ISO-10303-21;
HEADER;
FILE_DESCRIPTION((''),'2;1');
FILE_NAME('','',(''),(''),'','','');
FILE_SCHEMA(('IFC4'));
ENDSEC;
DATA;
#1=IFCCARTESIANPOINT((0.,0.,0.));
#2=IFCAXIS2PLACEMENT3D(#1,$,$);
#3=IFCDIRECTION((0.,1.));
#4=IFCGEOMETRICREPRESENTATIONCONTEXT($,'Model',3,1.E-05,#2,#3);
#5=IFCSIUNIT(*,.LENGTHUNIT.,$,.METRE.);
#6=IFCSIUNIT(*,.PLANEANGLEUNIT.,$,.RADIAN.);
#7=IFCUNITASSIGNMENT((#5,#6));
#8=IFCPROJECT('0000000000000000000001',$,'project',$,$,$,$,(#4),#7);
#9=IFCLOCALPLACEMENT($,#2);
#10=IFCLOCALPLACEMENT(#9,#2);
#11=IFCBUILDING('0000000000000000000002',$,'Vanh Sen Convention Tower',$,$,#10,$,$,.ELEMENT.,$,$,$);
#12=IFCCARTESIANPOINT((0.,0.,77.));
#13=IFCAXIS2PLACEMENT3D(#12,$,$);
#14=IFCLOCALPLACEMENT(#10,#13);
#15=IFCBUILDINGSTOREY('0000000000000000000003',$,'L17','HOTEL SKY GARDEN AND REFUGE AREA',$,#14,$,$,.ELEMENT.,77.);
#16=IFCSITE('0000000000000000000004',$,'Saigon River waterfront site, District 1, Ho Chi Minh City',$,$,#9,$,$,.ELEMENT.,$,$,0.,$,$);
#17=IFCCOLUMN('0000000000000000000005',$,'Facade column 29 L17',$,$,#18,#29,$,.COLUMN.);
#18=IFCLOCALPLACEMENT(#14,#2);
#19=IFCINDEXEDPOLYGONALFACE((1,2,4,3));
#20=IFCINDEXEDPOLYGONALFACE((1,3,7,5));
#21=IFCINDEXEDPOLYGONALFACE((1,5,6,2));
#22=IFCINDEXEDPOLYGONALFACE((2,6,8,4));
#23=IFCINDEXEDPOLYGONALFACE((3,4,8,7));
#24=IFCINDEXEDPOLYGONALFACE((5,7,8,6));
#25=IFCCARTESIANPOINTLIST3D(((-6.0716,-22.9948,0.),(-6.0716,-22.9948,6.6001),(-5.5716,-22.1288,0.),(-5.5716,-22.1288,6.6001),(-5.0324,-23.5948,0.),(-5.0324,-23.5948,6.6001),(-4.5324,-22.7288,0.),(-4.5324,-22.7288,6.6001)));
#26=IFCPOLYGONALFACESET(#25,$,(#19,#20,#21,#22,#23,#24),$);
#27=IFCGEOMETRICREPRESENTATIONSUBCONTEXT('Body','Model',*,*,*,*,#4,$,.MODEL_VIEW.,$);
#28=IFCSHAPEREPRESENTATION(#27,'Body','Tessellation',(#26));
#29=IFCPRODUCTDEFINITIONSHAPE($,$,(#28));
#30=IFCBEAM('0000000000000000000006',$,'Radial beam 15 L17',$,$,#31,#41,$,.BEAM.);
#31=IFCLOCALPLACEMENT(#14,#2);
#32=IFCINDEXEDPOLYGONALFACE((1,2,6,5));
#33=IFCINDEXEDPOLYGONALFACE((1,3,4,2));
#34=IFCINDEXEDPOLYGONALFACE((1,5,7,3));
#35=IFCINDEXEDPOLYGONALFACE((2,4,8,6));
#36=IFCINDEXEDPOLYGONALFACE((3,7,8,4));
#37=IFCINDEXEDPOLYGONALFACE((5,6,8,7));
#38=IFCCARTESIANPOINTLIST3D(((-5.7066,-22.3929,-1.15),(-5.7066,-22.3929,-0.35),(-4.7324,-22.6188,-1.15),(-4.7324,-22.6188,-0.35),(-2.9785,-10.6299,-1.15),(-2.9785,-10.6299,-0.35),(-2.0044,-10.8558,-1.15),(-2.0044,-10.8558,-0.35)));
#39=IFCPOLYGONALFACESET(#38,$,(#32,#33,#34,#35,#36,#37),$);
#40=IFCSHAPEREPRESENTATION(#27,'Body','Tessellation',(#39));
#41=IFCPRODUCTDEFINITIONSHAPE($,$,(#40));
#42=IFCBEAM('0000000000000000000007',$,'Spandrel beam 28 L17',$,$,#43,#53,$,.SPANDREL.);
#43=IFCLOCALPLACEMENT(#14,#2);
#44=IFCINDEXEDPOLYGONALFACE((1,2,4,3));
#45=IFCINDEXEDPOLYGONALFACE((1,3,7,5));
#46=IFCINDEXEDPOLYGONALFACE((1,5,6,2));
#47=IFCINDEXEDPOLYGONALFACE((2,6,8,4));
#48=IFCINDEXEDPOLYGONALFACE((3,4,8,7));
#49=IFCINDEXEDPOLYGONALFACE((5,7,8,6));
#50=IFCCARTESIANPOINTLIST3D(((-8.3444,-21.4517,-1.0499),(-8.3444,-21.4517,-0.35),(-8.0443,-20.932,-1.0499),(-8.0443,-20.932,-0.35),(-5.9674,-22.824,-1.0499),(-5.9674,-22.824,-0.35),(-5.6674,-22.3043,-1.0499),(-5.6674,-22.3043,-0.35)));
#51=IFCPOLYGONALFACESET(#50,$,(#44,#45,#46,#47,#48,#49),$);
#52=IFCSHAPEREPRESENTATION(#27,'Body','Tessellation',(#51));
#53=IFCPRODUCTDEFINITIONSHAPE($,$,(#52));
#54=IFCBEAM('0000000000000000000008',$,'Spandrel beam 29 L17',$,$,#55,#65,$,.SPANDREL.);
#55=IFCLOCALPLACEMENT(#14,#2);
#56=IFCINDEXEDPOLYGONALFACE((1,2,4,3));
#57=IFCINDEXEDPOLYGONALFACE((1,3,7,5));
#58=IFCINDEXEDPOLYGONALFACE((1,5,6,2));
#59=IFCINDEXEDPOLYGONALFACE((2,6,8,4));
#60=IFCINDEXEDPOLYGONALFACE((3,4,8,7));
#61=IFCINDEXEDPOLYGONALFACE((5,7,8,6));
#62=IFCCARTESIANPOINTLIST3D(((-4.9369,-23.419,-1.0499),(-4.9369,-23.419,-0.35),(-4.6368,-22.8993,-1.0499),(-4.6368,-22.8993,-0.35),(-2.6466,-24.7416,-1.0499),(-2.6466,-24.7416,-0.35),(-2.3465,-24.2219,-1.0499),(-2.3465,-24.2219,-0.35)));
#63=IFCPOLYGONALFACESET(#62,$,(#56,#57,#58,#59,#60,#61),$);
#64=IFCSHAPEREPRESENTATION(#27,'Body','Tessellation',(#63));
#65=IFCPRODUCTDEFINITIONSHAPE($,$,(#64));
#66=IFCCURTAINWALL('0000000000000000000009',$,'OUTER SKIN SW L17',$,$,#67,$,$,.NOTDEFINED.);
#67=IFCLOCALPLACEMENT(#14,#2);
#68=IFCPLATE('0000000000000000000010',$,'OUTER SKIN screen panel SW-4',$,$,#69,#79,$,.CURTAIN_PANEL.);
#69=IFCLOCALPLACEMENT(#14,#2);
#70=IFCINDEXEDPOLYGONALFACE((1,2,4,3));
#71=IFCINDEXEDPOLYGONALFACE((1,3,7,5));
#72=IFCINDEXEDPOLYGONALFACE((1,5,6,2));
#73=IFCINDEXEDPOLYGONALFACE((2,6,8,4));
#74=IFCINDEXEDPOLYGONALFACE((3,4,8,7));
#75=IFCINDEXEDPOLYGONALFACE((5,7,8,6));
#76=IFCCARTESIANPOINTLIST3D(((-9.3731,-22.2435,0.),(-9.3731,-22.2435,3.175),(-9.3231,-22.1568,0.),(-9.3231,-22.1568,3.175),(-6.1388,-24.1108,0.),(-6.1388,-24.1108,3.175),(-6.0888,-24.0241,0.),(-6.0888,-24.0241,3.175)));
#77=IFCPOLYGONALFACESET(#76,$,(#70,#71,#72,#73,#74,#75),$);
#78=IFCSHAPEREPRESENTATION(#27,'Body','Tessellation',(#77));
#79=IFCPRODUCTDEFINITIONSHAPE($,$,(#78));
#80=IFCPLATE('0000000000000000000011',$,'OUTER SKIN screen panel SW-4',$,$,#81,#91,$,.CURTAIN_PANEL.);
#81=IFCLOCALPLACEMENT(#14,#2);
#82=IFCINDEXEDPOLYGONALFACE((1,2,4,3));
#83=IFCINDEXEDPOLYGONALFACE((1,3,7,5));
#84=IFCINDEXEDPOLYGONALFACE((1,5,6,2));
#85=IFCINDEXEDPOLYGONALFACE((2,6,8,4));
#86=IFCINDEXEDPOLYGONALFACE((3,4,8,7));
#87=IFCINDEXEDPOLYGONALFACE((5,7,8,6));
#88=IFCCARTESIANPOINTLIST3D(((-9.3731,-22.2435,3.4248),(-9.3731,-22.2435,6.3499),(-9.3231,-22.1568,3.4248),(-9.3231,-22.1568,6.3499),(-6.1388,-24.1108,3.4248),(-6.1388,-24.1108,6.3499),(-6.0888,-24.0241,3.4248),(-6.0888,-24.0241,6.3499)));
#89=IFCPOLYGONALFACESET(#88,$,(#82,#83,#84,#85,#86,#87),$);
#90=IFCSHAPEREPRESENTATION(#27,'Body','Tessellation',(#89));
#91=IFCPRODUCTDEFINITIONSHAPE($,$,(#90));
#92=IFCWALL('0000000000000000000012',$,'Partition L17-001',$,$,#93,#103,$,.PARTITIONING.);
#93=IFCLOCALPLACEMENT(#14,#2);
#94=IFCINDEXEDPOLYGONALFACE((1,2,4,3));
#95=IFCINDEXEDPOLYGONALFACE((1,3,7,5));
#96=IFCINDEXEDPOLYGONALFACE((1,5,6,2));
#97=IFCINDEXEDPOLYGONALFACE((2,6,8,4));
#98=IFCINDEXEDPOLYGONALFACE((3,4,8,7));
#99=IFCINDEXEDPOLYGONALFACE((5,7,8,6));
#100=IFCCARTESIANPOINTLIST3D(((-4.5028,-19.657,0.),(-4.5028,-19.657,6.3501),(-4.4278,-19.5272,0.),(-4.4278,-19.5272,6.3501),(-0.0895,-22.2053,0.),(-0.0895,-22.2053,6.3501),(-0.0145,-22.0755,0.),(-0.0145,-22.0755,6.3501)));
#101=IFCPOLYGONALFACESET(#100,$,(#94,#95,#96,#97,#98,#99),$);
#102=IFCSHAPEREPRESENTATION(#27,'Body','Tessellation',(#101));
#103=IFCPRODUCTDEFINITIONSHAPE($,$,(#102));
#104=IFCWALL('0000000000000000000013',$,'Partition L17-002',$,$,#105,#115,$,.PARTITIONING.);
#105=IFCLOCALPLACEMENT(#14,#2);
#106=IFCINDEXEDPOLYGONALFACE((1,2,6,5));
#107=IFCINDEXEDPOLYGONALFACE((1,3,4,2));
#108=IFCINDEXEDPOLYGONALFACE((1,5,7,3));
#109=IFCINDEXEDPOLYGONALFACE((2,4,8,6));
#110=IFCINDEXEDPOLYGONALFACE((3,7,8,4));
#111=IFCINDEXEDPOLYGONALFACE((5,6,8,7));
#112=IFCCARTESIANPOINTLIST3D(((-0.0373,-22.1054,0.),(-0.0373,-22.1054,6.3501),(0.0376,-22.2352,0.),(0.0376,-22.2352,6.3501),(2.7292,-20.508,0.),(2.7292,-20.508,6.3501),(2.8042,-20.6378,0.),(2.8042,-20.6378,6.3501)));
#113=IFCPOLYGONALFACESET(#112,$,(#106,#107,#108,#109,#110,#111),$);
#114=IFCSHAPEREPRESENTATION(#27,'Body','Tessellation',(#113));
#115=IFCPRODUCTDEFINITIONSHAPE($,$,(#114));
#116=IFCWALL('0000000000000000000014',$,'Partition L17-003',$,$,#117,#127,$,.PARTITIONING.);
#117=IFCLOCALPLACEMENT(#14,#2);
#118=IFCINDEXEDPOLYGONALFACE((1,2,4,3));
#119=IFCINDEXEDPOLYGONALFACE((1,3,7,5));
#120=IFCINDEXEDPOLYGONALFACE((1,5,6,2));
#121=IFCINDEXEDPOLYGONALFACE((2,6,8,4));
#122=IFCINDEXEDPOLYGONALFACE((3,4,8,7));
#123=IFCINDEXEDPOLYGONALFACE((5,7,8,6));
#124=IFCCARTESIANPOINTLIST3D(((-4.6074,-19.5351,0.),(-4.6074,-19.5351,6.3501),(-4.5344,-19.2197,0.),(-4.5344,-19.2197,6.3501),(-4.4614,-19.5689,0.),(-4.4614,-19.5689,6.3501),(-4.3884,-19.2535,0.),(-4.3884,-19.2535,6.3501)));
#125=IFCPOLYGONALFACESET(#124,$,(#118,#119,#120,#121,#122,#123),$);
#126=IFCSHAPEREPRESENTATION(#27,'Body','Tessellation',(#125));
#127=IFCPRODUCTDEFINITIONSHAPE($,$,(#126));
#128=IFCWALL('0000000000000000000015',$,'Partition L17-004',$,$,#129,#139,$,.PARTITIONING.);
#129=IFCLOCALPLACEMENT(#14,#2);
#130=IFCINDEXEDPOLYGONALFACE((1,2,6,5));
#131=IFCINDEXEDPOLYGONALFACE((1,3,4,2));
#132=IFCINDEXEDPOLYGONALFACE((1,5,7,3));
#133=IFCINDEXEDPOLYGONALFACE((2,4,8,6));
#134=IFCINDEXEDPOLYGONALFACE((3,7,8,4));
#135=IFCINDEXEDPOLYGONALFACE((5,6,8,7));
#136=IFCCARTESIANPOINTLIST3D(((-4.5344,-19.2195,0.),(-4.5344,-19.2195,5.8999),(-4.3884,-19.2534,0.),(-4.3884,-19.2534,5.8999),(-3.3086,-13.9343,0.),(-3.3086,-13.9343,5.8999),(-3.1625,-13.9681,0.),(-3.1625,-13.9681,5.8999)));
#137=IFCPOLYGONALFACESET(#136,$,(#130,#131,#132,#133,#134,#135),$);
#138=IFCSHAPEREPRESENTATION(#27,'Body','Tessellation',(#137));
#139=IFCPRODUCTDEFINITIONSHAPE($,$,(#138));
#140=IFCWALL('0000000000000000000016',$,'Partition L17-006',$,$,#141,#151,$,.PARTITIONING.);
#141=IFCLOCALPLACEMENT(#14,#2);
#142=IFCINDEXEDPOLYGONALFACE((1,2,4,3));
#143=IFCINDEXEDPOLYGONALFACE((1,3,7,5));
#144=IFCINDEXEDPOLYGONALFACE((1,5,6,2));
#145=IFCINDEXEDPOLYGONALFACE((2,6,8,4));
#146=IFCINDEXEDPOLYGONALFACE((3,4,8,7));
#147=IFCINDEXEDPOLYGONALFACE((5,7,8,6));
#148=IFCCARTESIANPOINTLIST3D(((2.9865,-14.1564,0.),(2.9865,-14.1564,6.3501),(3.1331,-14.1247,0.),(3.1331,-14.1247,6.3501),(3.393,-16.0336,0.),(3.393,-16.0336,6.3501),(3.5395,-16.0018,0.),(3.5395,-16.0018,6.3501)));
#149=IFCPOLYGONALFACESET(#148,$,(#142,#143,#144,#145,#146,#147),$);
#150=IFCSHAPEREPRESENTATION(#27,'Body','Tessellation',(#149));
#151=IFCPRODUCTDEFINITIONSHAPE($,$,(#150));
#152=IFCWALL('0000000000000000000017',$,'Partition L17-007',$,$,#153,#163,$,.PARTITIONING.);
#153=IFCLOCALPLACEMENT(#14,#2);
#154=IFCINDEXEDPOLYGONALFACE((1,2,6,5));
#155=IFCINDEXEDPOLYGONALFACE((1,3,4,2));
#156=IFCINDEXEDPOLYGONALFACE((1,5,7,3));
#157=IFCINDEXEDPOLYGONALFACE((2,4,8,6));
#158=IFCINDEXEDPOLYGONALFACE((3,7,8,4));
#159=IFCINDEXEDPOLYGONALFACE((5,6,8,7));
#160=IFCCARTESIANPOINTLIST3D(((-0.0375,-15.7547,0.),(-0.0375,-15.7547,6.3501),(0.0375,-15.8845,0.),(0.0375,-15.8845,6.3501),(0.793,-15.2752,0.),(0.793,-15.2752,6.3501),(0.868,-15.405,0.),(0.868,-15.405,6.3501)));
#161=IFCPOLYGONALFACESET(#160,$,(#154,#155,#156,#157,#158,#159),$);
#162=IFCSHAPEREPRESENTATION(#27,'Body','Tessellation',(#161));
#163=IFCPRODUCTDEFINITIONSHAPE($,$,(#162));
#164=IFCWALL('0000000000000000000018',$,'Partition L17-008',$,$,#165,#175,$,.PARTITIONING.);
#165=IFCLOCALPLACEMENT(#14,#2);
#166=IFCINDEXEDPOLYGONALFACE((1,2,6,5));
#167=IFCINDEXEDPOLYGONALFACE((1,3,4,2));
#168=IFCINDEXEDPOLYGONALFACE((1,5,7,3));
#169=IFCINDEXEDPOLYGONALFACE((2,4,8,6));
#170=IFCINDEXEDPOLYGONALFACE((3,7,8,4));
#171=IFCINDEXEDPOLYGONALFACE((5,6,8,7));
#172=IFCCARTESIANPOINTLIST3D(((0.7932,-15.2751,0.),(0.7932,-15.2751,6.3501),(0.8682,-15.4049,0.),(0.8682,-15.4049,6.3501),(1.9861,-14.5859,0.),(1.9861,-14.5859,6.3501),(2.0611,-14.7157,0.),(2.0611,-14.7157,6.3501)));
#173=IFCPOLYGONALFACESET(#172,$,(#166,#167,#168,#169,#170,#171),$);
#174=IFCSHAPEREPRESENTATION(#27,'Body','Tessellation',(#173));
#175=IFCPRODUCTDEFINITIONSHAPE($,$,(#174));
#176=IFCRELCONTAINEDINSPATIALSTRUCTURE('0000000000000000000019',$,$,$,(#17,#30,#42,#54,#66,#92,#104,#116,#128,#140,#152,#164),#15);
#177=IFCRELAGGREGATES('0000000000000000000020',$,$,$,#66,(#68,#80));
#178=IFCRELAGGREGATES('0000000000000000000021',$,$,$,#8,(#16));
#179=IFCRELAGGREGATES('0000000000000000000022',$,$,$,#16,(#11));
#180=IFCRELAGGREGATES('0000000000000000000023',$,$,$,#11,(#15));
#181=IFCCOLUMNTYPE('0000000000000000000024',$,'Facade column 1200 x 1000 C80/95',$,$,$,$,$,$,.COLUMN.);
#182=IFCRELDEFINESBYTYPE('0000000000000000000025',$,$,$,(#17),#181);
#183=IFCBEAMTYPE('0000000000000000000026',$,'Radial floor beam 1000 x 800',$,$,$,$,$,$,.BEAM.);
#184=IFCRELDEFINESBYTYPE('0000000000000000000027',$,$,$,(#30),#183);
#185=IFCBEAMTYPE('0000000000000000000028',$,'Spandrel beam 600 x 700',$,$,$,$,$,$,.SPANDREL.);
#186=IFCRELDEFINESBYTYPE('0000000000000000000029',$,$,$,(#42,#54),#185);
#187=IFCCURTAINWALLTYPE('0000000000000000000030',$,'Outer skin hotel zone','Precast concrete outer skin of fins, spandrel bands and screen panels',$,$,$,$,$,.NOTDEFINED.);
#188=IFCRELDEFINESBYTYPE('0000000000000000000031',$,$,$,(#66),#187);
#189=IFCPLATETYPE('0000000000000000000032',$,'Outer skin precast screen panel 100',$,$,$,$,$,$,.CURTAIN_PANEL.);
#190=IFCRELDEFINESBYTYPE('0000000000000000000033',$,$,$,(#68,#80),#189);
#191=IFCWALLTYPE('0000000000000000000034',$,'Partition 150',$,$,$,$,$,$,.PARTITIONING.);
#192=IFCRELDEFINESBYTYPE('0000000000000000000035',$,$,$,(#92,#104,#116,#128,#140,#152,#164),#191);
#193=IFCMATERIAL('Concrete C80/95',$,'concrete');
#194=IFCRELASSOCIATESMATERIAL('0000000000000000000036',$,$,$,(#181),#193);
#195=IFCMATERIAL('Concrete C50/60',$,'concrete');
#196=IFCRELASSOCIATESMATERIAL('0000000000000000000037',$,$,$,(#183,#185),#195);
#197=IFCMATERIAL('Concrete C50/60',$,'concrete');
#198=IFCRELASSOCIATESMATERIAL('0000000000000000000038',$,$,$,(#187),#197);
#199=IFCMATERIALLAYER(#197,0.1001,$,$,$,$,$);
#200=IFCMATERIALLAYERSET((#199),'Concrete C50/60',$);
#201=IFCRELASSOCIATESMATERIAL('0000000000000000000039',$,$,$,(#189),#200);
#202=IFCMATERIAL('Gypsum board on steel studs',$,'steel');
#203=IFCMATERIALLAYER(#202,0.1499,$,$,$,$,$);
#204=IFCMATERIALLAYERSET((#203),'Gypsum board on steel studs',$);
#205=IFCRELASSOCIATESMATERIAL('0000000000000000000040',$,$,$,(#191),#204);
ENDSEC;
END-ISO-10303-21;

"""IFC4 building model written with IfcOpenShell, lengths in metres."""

from ifc_helpers import new_model, si_unit, direction, frame, frame_2d, origin, origin_2d, place, context, subcontext, project, spatial, rectangle, extrude, material, layer, layer_set, material_profile, profile_set, type_object, element, aggregate, save


model = new_model("IFC4")

# Units and contexts
model_context = context("Model", 3, precision=1e-05, world=origin(), true_north=direction((0.0, 1.0)))
body_context = subcontext(model_context, "Body", "Model", "MODEL_VIEW")
ifc_project = project(units=[si_unit("LENGTHUNIT", "METRE"), si_unit("PLANEANGLEUNIT", "RADIAN")], contexts=[model_context])

# Site, building, storey
site_placement = place(None, origin())
site = spatial("IfcSite", under=ifc_project, at=site_placement, Name="Saigon River waterfront site, District 1, Ho Chi Minh City", CompositionType="ELEMENT", RefElevation=0.0)
building_placement = place(site_placement, origin())
building = spatial("IfcBuilding", under=site, at=building_placement, Name="Vanh Sen Convention Tower", CompositionType="ELEMENT")
storey_placement = place(building_placement, frame((0.0, 0.0, 77.0)))
storey = spatial("IfcBuildingStorey", under=building, at=storey_placement, Name="L17", Description="HOTEL SKY GARDEN AND REFUGE AREA", CompositionType="ELEMENT", Elevation=77.0)

# Column
ifc_material_1 = material(Name="Concrete C80/95", Category="concrete")
ifc_material_profile_1 = material_profile(ifc_material_1, rectangle(XDim=1.2, YDim=1.0, at=origin_2d()), Name="RC 1200X1000")
ifc_profile_set_1 = profile_set([ifc_material_profile_1], Name="Concrete C80/95")
column_type = type_object("IfcColumnType", Name="Facade column 1200 x 1000 C80/95", PredefinedType="COLUMN", material=ifc_profile_set_1)
column_placement = place(storey_placement, frame((-5.302, -22.8618, 0.0), z_axis=(0.0, 0.0, 1.0), x_axis=(0.866025, -0.5, 0.0)))
element("IfcColumn", 1, at=column_placement, inside=storey, type_object=column_type, Name="Facade column 29 L17", PredefinedType="COLUMN", context=body_context, shape_type="SweptSolid", body=[
    extrude(rectangle(XDim=1.2, YDim=1.0, at=origin_2d()), origin(), (0.0, 0.0, 1.0), 6.6001),
])

# Beams
ifc_material_2 = material(Name="Concrete C50/60", Category="concrete")
ifc_material_profile_2 = material_profile(ifc_material_2, rectangle(XDim=1.0, YDim=0.8, at=origin_2d()), Name="RC 1000X800")
ifc_profile_set_2 = profile_set([ifc_material_profile_2], Name="Concrete C50/60")
beam_type_1 = type_object("IfcBeamType", Name="Radial floor beam 1000 x 800", PredefinedType="BEAM", material=ifc_profile_set_2)
beam_1_placement = place(storey_placement, frame((-5.2195, -22.5059, -0.75), z_axis=(0.225921, 0.974146, 0.0), x_axis=(-0.974146, 0.225921, 0.0)))
element("IfcBeam", 2, at=beam_1_placement, inside=storey, type_object=beam_type_1, Name="Radial beam 15 L17", PredefinedType="BEAM", context=body_context, shape_type="SweptSolid", body=[
    extrude(rectangle(XDim=1.0, YDim=0.8, at=origin_2d()), origin(), (0.0, 0.0, 1.0), 12.0752),
])
ifc_material_profile_3 = material_profile(ifc_material_2, rectangle(XDim=0.6001, YDim=0.7, at=origin_2d()), Name="RC 600X700")
ifc_profile_set_3 = profile_set([ifc_material_profile_3], Name="Concrete C50/60")
beam_type_2 = type_object("IfcBeamType", Name="Spandrel beam 600 x 700", PredefinedType="SPANDREL", material=ifc_profile_set_3)
beam_2_placement = place(storey_placement, frame((-8.1943, -21.1919, -0.7), z_axis=(0.866029, -0.499995, 0.0), x_axis=(0.499995, 0.866029, 0.0)))
element("IfcBeam", 3, at=beam_2_placement, inside=storey, type_object=beam_type_2, Name="Spandrel beam 28 L17", PredefinedType="SPANDREL", context=body_context, shape_type="SweptSolid", body=[
    extrude(rectangle(XDim=0.6001, YDim=0.7, at=origin_2d()), origin(), (0.0, 0.0, 1.0), 2.7446),
])
beam_3_placement = place(storey_placement, frame((-4.7869, -23.1592, -0.7), z_axis=(0.86599, -0.500061, 0.0), x_axis=(0.500061, 0.86599, 0.0)))
element("IfcBeam", 4, at=beam_3_placement, inside=storey, type_object=beam_type_2, Name="Spandrel beam 29 L17", PredefinedType="SPANDREL", context=body_context, shape_type="SweptSolid", body=[
    extrude(rectangle(XDim=0.6001, YDim=0.7, at=origin_2d()), origin(), (0.0, 0.0, 1.0), 2.6448),
])

# Curtain wall, plates
ifc_material_3 = material(Name="Concrete C50/60", Category="concrete")
curtain_wall_type = type_object("IfcCurtainWallType", Name="Outer skin hotel zone", Description="Precast concrete outer skin of fins, spandrel bands and screen panels", PredefinedType="NOTDEFINED", material=ifc_material_3)
curtain_wall_placement = place(storey_placement, origin())
curtain_wall = element("IfcCurtainWall", 5, at=curtain_wall_placement, inside=storey, type_object=curtain_wall_type, Name="OUTER SKIN SW L17", PredefinedType="NOTDEFINED")
ifc_layer_1 = layer(ifc_material_3, 0.1001)
ifc_layer_set_1 = layer_set([ifc_layer_1], Name="Concrete C50/60")
plate_type = type_object("IfcPlateType", Name="Outer skin precast screen panel 100", PredefinedType="CURTAIN_PANEL", material=ifc_layer_set_1)
plate_1_placement = place(storey_placement, frame((-7.731, -23.1338, 0.0), z_axis=(0.0, 0.0, 1.0), x_axis=(0.866028, -0.499995, 0.0)))
plate_1 = element("IfcPlate", 6, at=plate_1_placement, type_object=plate_type, Name="OUTER SKIN screen panel SW-4", PredefinedType="CURTAIN_PANEL", context=body_context, shape_type="SweptSolid", body=[
    extrude(rectangle(XDim=3.7346, YDim=0.1001, at=origin_2d()), origin(), (0.0, 0.0, 1.0), 3.175),
])
plate_2_placement = place(storey_placement, frame((-7.731, -23.1338, 3.4248), z_axis=(0.0, 0.0, 1.0), x_axis=(0.866028, -0.499995, 0.0)))
plate_2 = element("IfcPlate", 7, at=plate_2_placement, type_object=plate_type, Name="OUTER SKIN screen panel SW-4", PredefinedType="CURTAIN_PANEL", context=body_context, shape_type="SweptSolid", body=[
    extrude(rectangle(XDim=3.7346, YDim=0.1001, at=origin_2d()), origin(), (0.0, 0.0, 1.0), 2.925),
])
aggregate(curtain_wall, [plate_1, plate_2])

# Walls
ifc_material_4 = material(Name="Gypsum board on steel studs", Category="steel")
ifc_layer_2 = layer(ifc_material_4, 0.1499)
ifc_layer_set_2 = layer_set([ifc_layer_2], Name="Gypsum board on steel studs")
wall_type = type_object("IfcWallType", Name="Partition 150", PredefinedType="PARTITIONING", material=ifc_layer_set_2)
wall_1_placement = place(storey_placement, frame((-0.052, -22.1404, 0.0), z_axis=(0.0, 0.0, 1.0), x_axis=(-0.866, 0.500045, 0.0)))
element("IfcWall", 8, at=wall_1_placement, inside=storey, type_object=wall_type, Name="Partition L17-001", PredefinedType="PARTITIONING", context=body_context, shape_type="SweptSolid", body=[
    extrude(rectangle(XDim=5.0962, YDim=0.1499, at=frame_2d((2.5481, 0.0))), origin(), (0.0, 0.0, 1.0), 6.3501),
])
wall_2_placement = place(storey_placement, frame((2.7666, -20.573, 0.0), z_axis=(0.0, 0.0, 1.0), x_axis=(-0.86601, -0.500027, 0.0)))
element("IfcWall", 9, at=wall_2_placement, inside=storey, type_object=wall_type, Name="Partition L17-002", PredefinedType="PARTITIONING", context=body_context, shape_type="SweptSolid", body=[
    extrude(rectangle(XDim=3.1946, YDim=0.1499, at=frame_2d((1.5972, 0.0))), origin(), (0.0, 0.0, 1.0), 6.3501),
])
wall_3_placement = place(storey_placement, frame((-4.4614, -19.2366, 0.0), z_axis=(0.0, 0.0, 1.0), x_axis=(-0.225465, -0.974251, 0.0)))
element("IfcWall", 10, at=wall_3_placement, inside=storey, type_object=wall_type, Name="Partition L17-003", PredefinedType="PARTITIONING", context=body_context, shape_type="SweptSolid", body=[
    extrude(rectangle(XDim=0.3237, YDim=0.1499, at=frame_2d((0.1619, 0.0))), origin(), (0.0, 0.0, 1.0), 6.3501),
])
wall_4_placement = place(storey_placement, frame((-4.4614, -19.2366, 0.0), z_axis=(0.0, 0.0, 1.0), x_axis=(0.225941, 0.974141, 0.0)))
element("IfcWall", 11, at=wall_4_placement, inside=storey, type_object=wall_type, Name="Partition L17-004", PredefinedType="PARTITIONING", context=body_context, shape_type="SweptSolid", body=[
    extrude(rectangle(XDim=5.4255, YDim=0.1499, at=frame_2d((2.7129, 0.0))), origin(), (0.0, 0.0, 1.0), 5.8999),
])
wall_5_placement = place(storey_placement, frame((3.4663, -16.0178, 0.0), z_axis=(0.0, 0.0, 1.0), x_axis=(-0.211638, 0.977348, 0.0)))
element("IfcWall", 12, at=wall_5_placement, inside=storey, type_object=wall_type, Name="Partition L17-006", PredefinedType="PARTITIONING", context=body_context, shape_type="SweptSolid", body=[
    extrude(rectangle(XDim=1.9207, YDim=0.1499, at=frame_2d((0.9604, 0.0))), origin(), (0.0, 0.0, 1.0), 6.3501),
])
wall_6_placement = place(storey_placement, frame((0.0, -15.8196, 0.0), z_axis=(0.0, 0.0, 1.0), x_axis=(0.866041, 0.499972, 0.0)))
element("IfcWall", 13, at=wall_6_placement, inside=storey, type_object=wall_type, Name="Partition L17-007", PredefinedType="PARTITIONING", context=body_context, shape_type="SweptSolid", body=[
    extrude(rectangle(XDim=0.959, YDim=0.1499, at=frame_2d((0.4795, 0.0))), origin(), (0.0, 0.0, 1.0), 6.3501),
])
wall_7_placement = place(storey_placement, frame((0.8306, -15.3401, 0.0), z_axis=(0.0, 0.0, 1.0), x_axis=(0.865867, 0.500275, 0.0)))
element("IfcWall", 14, at=wall_7_placement, inside=storey, type_object=wall_type, Name="Partition L17-008", PredefinedType="PARTITIONING", context=body_context, shape_type="SweptSolid", body=[
    extrude(rectangle(XDim=1.3777, YDim=0.1499, at=frame_2d((0.689, 0.0))), origin(), (0.0, 0.0, 1.0), 6.3501),
])

save(model, "model.ifc")
